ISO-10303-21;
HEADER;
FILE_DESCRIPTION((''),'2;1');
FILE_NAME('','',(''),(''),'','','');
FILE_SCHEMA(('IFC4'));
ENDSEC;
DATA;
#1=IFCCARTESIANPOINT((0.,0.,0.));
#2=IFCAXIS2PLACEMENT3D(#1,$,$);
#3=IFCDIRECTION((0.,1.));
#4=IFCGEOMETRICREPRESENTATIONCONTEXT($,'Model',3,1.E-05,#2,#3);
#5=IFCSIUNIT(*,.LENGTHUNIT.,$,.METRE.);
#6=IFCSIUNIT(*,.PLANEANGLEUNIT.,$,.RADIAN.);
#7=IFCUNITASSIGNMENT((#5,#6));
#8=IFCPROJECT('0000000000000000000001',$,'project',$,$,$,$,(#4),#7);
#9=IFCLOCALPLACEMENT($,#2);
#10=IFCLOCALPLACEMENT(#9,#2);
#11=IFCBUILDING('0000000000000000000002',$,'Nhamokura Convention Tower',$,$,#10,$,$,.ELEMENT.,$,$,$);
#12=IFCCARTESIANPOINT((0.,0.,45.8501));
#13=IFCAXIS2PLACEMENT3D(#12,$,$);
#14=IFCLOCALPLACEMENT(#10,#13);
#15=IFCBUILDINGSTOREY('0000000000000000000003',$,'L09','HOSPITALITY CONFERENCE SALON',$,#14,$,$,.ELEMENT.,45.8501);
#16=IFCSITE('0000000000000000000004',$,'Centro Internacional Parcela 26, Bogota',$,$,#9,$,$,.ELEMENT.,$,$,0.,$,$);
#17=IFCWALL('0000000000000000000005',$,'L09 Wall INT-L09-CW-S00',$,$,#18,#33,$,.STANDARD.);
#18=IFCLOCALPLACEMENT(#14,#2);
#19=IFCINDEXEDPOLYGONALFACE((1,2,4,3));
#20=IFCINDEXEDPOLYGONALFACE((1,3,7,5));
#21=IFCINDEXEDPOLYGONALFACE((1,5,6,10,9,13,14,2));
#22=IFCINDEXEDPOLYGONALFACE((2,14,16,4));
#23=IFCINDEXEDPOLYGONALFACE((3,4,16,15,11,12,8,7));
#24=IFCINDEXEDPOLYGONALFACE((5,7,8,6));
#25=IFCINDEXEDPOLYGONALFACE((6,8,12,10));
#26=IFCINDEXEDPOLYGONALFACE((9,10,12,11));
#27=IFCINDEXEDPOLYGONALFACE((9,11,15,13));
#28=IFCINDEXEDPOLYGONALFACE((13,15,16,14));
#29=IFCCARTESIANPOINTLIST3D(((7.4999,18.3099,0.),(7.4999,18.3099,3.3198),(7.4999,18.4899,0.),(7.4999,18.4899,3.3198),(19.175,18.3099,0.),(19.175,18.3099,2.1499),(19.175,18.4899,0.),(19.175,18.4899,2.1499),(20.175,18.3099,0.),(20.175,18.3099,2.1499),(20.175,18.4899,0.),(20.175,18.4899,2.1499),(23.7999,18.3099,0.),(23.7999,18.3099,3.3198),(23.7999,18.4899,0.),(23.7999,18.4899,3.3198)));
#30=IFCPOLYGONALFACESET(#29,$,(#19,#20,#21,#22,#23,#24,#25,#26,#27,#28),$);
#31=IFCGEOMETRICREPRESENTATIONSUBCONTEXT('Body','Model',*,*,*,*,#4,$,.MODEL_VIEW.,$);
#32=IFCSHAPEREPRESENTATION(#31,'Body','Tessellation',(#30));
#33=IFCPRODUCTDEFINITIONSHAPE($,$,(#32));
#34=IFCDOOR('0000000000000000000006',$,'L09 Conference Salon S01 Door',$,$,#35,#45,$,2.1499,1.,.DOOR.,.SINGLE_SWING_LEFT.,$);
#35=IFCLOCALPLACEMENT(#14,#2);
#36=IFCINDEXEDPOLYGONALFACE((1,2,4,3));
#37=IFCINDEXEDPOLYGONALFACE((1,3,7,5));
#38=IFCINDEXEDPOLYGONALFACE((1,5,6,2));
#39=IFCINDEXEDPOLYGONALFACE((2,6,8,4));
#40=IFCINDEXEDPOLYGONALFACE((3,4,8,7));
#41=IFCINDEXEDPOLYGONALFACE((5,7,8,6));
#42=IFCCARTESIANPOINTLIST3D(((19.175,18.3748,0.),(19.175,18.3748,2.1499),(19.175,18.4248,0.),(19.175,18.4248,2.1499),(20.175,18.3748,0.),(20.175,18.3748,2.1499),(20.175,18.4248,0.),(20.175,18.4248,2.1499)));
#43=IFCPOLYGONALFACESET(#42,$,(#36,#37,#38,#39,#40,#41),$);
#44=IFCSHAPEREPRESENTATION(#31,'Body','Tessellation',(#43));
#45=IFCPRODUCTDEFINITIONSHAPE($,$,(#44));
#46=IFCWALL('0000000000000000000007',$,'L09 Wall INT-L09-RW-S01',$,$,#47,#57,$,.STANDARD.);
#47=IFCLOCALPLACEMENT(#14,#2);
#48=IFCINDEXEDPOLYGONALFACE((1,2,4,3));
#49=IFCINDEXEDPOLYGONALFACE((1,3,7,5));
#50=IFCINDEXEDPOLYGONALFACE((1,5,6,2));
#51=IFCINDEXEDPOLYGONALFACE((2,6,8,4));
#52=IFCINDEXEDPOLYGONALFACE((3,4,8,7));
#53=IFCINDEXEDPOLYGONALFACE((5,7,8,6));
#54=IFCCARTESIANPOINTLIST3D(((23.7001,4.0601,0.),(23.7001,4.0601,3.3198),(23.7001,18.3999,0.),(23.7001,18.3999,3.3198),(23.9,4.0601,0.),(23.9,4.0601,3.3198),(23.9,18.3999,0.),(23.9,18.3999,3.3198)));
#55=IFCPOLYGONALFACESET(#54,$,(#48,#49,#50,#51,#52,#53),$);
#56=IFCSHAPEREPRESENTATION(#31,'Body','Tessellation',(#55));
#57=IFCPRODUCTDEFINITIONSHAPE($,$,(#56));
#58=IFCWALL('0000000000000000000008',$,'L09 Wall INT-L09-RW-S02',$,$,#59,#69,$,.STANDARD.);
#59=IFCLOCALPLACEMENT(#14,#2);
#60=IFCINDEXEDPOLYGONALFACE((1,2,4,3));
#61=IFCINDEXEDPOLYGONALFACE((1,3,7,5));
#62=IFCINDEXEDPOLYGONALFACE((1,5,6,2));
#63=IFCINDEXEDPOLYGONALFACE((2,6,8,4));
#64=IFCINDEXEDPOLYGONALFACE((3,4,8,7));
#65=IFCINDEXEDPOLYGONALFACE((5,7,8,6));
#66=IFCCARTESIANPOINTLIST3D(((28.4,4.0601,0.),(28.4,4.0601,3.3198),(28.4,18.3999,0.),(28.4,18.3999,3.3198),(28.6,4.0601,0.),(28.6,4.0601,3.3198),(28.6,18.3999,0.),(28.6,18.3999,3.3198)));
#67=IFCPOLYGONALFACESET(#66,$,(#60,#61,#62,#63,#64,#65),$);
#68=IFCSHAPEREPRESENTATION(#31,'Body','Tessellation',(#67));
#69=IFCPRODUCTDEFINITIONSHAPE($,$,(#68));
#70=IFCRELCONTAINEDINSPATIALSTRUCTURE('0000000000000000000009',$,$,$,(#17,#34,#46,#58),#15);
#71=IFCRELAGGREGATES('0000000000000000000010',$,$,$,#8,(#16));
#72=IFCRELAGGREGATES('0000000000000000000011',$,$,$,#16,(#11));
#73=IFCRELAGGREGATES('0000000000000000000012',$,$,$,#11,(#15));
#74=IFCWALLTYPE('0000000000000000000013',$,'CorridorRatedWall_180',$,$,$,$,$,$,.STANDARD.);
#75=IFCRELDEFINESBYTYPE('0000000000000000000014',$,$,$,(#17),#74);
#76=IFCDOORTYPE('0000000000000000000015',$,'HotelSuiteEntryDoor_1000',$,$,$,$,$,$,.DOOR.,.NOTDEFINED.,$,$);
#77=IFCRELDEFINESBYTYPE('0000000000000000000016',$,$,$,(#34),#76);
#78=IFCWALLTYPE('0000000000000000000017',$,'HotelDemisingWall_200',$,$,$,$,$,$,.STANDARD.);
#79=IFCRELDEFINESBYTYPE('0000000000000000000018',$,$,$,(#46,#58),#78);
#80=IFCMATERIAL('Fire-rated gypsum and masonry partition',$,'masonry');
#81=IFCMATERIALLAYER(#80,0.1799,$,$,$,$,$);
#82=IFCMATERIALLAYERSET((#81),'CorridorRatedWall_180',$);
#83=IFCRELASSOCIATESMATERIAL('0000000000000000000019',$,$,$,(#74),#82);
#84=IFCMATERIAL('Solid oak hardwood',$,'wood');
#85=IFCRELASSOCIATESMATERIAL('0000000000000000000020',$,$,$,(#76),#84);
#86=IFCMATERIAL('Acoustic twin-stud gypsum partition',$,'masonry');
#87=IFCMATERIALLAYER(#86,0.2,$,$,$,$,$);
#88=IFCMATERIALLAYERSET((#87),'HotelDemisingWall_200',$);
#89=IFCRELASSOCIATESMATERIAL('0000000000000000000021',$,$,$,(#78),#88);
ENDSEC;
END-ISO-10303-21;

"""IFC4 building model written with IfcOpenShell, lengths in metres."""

from ifc_helpers import new_model, si_unit, direction, frame, frame_2d, origin, place, context, subcontext, project, spatial, rectangle, extrude, material, layer, layer_set, type_object, element, fill, save


model = new_model("IFC4")

# Units and contexts
model_context = context("Model", 3, precision=1e-05, world=origin(), true_north=direction((0.0, 1.0)))
body_context = subcontext(model_context, "Body", "Model", "MODEL_VIEW")
ifc_project = project(units=[si_unit("LENGTHUNIT", "METRE"), si_unit("PLANEANGLEUNIT", "RADIAN")], contexts=[model_context])

# Site, building, storey
site_placement = place(None, origin())
site = spatial("IfcSite", under=ifc_project, at=site_placement, Name="Centro Internacional Parcela 26, Bogota", CompositionType="ELEMENT", RefElevation=0.0)
building_placement = place(site_placement, origin())
building = spatial("IfcBuilding", under=site, at=building_placement, Name="Nhamokura Convention Tower", CompositionType="ELEMENT")
storey_placement = place(building_placement, frame((0.0, 0.0, 45.8501)))
storey = spatial("IfcBuildingStorey", under=building, at=storey_placement, Name="L09", Description="HOSPITALITY CONFERENCE SALON", CompositionType="ELEMENT", Elevation=45.8501)

# Wall, opening, door
ifc_material_1 = material(Name="Fire-rated gypsum and masonry partition", Category="masonry")
ifc_layer_1 = layer(ifc_material_1, 0.1799)
ifc_layer_set_1 = layer_set([ifc_layer_1], Name="CorridorRatedWall_180")
wall_type_1 = type_object("IfcWallType", Name="CorridorRatedWall_180", PredefinedType="STANDARD", material=ifc_layer_set_1)
wall_1_placement = place(storey_placement, frame((7.5, 18.3999, 0.0), z_axis=(0.0, 0.0, 1.0), x_axis=(1.0, 0.0, 0.0)))
wall_1 = element("IfcWall", 1, at=wall_1_placement, inside=storey, type_object=wall_type_1, Name="L09 Wall INT-L09-CW-S00", PredefinedType="STANDARD", context=body_context, shape_type="SweptSolid", body=[
    extrude(rectangle(XDim=16.3, YDim=0.1799, at=frame_2d((8.1499, 0.0))), origin(), (0.0, 0.0, 1.0), 3.3198),
])
opening_1_placement = place(wall_1_placement, frame((11.675, 0.0, 0.0)))
opening_1 = element("IfcOpeningElement", 2, at=opening_1_placement, cuts=wall_1, PredefinedType="OPENING", context=body_context, shape_type="SweptSolid", body=[
    extrude(rectangle(XDim=1.0, YDim=2.1499, at=frame_2d((0.5, 1.075))), frame((0.0, 0.0999, 0.0), z_axis=(0.0, -1.0, 0.0), x_axis=(1.0, 0.0, 0.0)), (0.0, 0.0, 1.0), 0.2),
])
ifc_material_2 = material(Name="Solid oak hardwood", Category="wood")
door_type_1 = type_object("IfcDoorType", Name="HotelSuiteEntryDoor_1000", OperationType="NOTDEFINED", PredefinedType="DOOR", material=ifc_material_2)
door_1_placement = place(opening_1_placement, origin())
door_1 = element("IfcDoor", 3, at=door_1_placement, inside=storey, type_object=door_type_1, Name="L09 Conference Salon S01 Door", OperationType="SINGLE_SWING_LEFT", OverallHeight=2.1499, OverallWidth=1.0, PredefinedType="DOOR", context=body_context, shape_type="SweptSolid", body=[
    extrude(rectangle(XDim=1.0, YDim=2.1499, at=frame_2d((0.5, 1.075))), frame((0.0, 0.0249, 0.0), z_axis=(0.0, -1.0, 0.0), x_axis=(1.0, 0.0, 0.0)), (0.0, 0.0, 1.0), 0.05),
])
fill(opening_1, door_1)

# Walls
ifc_material_3 = material(Name="Acoustic twin-stud gypsum partition", Category="masonry")
ifc_layer_2 = layer(ifc_material_3, 0.2)
ifc_layer_set_2 = layer_set([ifc_layer_2], Name="HotelDemisingWall_200")
wall_type_2 = type_object("IfcWallType", Name="HotelDemisingWall_200", PredefinedType="STANDARD", material=ifc_layer_set_2)
for number, where, z_axis, x_axis, name in (
    (4, (23.8, 4.0601, 0.0), (0.0, 0.0, 1.0), (0.0, 1.0, 0.0), "L09 Wall INT-L09-RW-S01"),
    (5, (28.5, 4.0601, 0.0), (0.0, 0.0, 1.0), (0.0, 1.0, 0.0), "L09 Wall INT-L09-RW-S02"),
):
    element("IfcWall", number, at=place(storey_placement, frame(where, z_axis=z_axis, x_axis=x_axis)), inside=storey, type_object=wall_type_2, Name=name, PredefinedType="STANDARD", context=body_context, shape_type="SweptSolid", body=[
        extrude(rectangle(XDim=14.3398, YDim=0.2, at=frame_2d((7.1699, 0.0))), origin(), (0.0, 0.0, 1.0), 3.3198),
    ])

save(model, "model.ifc")
